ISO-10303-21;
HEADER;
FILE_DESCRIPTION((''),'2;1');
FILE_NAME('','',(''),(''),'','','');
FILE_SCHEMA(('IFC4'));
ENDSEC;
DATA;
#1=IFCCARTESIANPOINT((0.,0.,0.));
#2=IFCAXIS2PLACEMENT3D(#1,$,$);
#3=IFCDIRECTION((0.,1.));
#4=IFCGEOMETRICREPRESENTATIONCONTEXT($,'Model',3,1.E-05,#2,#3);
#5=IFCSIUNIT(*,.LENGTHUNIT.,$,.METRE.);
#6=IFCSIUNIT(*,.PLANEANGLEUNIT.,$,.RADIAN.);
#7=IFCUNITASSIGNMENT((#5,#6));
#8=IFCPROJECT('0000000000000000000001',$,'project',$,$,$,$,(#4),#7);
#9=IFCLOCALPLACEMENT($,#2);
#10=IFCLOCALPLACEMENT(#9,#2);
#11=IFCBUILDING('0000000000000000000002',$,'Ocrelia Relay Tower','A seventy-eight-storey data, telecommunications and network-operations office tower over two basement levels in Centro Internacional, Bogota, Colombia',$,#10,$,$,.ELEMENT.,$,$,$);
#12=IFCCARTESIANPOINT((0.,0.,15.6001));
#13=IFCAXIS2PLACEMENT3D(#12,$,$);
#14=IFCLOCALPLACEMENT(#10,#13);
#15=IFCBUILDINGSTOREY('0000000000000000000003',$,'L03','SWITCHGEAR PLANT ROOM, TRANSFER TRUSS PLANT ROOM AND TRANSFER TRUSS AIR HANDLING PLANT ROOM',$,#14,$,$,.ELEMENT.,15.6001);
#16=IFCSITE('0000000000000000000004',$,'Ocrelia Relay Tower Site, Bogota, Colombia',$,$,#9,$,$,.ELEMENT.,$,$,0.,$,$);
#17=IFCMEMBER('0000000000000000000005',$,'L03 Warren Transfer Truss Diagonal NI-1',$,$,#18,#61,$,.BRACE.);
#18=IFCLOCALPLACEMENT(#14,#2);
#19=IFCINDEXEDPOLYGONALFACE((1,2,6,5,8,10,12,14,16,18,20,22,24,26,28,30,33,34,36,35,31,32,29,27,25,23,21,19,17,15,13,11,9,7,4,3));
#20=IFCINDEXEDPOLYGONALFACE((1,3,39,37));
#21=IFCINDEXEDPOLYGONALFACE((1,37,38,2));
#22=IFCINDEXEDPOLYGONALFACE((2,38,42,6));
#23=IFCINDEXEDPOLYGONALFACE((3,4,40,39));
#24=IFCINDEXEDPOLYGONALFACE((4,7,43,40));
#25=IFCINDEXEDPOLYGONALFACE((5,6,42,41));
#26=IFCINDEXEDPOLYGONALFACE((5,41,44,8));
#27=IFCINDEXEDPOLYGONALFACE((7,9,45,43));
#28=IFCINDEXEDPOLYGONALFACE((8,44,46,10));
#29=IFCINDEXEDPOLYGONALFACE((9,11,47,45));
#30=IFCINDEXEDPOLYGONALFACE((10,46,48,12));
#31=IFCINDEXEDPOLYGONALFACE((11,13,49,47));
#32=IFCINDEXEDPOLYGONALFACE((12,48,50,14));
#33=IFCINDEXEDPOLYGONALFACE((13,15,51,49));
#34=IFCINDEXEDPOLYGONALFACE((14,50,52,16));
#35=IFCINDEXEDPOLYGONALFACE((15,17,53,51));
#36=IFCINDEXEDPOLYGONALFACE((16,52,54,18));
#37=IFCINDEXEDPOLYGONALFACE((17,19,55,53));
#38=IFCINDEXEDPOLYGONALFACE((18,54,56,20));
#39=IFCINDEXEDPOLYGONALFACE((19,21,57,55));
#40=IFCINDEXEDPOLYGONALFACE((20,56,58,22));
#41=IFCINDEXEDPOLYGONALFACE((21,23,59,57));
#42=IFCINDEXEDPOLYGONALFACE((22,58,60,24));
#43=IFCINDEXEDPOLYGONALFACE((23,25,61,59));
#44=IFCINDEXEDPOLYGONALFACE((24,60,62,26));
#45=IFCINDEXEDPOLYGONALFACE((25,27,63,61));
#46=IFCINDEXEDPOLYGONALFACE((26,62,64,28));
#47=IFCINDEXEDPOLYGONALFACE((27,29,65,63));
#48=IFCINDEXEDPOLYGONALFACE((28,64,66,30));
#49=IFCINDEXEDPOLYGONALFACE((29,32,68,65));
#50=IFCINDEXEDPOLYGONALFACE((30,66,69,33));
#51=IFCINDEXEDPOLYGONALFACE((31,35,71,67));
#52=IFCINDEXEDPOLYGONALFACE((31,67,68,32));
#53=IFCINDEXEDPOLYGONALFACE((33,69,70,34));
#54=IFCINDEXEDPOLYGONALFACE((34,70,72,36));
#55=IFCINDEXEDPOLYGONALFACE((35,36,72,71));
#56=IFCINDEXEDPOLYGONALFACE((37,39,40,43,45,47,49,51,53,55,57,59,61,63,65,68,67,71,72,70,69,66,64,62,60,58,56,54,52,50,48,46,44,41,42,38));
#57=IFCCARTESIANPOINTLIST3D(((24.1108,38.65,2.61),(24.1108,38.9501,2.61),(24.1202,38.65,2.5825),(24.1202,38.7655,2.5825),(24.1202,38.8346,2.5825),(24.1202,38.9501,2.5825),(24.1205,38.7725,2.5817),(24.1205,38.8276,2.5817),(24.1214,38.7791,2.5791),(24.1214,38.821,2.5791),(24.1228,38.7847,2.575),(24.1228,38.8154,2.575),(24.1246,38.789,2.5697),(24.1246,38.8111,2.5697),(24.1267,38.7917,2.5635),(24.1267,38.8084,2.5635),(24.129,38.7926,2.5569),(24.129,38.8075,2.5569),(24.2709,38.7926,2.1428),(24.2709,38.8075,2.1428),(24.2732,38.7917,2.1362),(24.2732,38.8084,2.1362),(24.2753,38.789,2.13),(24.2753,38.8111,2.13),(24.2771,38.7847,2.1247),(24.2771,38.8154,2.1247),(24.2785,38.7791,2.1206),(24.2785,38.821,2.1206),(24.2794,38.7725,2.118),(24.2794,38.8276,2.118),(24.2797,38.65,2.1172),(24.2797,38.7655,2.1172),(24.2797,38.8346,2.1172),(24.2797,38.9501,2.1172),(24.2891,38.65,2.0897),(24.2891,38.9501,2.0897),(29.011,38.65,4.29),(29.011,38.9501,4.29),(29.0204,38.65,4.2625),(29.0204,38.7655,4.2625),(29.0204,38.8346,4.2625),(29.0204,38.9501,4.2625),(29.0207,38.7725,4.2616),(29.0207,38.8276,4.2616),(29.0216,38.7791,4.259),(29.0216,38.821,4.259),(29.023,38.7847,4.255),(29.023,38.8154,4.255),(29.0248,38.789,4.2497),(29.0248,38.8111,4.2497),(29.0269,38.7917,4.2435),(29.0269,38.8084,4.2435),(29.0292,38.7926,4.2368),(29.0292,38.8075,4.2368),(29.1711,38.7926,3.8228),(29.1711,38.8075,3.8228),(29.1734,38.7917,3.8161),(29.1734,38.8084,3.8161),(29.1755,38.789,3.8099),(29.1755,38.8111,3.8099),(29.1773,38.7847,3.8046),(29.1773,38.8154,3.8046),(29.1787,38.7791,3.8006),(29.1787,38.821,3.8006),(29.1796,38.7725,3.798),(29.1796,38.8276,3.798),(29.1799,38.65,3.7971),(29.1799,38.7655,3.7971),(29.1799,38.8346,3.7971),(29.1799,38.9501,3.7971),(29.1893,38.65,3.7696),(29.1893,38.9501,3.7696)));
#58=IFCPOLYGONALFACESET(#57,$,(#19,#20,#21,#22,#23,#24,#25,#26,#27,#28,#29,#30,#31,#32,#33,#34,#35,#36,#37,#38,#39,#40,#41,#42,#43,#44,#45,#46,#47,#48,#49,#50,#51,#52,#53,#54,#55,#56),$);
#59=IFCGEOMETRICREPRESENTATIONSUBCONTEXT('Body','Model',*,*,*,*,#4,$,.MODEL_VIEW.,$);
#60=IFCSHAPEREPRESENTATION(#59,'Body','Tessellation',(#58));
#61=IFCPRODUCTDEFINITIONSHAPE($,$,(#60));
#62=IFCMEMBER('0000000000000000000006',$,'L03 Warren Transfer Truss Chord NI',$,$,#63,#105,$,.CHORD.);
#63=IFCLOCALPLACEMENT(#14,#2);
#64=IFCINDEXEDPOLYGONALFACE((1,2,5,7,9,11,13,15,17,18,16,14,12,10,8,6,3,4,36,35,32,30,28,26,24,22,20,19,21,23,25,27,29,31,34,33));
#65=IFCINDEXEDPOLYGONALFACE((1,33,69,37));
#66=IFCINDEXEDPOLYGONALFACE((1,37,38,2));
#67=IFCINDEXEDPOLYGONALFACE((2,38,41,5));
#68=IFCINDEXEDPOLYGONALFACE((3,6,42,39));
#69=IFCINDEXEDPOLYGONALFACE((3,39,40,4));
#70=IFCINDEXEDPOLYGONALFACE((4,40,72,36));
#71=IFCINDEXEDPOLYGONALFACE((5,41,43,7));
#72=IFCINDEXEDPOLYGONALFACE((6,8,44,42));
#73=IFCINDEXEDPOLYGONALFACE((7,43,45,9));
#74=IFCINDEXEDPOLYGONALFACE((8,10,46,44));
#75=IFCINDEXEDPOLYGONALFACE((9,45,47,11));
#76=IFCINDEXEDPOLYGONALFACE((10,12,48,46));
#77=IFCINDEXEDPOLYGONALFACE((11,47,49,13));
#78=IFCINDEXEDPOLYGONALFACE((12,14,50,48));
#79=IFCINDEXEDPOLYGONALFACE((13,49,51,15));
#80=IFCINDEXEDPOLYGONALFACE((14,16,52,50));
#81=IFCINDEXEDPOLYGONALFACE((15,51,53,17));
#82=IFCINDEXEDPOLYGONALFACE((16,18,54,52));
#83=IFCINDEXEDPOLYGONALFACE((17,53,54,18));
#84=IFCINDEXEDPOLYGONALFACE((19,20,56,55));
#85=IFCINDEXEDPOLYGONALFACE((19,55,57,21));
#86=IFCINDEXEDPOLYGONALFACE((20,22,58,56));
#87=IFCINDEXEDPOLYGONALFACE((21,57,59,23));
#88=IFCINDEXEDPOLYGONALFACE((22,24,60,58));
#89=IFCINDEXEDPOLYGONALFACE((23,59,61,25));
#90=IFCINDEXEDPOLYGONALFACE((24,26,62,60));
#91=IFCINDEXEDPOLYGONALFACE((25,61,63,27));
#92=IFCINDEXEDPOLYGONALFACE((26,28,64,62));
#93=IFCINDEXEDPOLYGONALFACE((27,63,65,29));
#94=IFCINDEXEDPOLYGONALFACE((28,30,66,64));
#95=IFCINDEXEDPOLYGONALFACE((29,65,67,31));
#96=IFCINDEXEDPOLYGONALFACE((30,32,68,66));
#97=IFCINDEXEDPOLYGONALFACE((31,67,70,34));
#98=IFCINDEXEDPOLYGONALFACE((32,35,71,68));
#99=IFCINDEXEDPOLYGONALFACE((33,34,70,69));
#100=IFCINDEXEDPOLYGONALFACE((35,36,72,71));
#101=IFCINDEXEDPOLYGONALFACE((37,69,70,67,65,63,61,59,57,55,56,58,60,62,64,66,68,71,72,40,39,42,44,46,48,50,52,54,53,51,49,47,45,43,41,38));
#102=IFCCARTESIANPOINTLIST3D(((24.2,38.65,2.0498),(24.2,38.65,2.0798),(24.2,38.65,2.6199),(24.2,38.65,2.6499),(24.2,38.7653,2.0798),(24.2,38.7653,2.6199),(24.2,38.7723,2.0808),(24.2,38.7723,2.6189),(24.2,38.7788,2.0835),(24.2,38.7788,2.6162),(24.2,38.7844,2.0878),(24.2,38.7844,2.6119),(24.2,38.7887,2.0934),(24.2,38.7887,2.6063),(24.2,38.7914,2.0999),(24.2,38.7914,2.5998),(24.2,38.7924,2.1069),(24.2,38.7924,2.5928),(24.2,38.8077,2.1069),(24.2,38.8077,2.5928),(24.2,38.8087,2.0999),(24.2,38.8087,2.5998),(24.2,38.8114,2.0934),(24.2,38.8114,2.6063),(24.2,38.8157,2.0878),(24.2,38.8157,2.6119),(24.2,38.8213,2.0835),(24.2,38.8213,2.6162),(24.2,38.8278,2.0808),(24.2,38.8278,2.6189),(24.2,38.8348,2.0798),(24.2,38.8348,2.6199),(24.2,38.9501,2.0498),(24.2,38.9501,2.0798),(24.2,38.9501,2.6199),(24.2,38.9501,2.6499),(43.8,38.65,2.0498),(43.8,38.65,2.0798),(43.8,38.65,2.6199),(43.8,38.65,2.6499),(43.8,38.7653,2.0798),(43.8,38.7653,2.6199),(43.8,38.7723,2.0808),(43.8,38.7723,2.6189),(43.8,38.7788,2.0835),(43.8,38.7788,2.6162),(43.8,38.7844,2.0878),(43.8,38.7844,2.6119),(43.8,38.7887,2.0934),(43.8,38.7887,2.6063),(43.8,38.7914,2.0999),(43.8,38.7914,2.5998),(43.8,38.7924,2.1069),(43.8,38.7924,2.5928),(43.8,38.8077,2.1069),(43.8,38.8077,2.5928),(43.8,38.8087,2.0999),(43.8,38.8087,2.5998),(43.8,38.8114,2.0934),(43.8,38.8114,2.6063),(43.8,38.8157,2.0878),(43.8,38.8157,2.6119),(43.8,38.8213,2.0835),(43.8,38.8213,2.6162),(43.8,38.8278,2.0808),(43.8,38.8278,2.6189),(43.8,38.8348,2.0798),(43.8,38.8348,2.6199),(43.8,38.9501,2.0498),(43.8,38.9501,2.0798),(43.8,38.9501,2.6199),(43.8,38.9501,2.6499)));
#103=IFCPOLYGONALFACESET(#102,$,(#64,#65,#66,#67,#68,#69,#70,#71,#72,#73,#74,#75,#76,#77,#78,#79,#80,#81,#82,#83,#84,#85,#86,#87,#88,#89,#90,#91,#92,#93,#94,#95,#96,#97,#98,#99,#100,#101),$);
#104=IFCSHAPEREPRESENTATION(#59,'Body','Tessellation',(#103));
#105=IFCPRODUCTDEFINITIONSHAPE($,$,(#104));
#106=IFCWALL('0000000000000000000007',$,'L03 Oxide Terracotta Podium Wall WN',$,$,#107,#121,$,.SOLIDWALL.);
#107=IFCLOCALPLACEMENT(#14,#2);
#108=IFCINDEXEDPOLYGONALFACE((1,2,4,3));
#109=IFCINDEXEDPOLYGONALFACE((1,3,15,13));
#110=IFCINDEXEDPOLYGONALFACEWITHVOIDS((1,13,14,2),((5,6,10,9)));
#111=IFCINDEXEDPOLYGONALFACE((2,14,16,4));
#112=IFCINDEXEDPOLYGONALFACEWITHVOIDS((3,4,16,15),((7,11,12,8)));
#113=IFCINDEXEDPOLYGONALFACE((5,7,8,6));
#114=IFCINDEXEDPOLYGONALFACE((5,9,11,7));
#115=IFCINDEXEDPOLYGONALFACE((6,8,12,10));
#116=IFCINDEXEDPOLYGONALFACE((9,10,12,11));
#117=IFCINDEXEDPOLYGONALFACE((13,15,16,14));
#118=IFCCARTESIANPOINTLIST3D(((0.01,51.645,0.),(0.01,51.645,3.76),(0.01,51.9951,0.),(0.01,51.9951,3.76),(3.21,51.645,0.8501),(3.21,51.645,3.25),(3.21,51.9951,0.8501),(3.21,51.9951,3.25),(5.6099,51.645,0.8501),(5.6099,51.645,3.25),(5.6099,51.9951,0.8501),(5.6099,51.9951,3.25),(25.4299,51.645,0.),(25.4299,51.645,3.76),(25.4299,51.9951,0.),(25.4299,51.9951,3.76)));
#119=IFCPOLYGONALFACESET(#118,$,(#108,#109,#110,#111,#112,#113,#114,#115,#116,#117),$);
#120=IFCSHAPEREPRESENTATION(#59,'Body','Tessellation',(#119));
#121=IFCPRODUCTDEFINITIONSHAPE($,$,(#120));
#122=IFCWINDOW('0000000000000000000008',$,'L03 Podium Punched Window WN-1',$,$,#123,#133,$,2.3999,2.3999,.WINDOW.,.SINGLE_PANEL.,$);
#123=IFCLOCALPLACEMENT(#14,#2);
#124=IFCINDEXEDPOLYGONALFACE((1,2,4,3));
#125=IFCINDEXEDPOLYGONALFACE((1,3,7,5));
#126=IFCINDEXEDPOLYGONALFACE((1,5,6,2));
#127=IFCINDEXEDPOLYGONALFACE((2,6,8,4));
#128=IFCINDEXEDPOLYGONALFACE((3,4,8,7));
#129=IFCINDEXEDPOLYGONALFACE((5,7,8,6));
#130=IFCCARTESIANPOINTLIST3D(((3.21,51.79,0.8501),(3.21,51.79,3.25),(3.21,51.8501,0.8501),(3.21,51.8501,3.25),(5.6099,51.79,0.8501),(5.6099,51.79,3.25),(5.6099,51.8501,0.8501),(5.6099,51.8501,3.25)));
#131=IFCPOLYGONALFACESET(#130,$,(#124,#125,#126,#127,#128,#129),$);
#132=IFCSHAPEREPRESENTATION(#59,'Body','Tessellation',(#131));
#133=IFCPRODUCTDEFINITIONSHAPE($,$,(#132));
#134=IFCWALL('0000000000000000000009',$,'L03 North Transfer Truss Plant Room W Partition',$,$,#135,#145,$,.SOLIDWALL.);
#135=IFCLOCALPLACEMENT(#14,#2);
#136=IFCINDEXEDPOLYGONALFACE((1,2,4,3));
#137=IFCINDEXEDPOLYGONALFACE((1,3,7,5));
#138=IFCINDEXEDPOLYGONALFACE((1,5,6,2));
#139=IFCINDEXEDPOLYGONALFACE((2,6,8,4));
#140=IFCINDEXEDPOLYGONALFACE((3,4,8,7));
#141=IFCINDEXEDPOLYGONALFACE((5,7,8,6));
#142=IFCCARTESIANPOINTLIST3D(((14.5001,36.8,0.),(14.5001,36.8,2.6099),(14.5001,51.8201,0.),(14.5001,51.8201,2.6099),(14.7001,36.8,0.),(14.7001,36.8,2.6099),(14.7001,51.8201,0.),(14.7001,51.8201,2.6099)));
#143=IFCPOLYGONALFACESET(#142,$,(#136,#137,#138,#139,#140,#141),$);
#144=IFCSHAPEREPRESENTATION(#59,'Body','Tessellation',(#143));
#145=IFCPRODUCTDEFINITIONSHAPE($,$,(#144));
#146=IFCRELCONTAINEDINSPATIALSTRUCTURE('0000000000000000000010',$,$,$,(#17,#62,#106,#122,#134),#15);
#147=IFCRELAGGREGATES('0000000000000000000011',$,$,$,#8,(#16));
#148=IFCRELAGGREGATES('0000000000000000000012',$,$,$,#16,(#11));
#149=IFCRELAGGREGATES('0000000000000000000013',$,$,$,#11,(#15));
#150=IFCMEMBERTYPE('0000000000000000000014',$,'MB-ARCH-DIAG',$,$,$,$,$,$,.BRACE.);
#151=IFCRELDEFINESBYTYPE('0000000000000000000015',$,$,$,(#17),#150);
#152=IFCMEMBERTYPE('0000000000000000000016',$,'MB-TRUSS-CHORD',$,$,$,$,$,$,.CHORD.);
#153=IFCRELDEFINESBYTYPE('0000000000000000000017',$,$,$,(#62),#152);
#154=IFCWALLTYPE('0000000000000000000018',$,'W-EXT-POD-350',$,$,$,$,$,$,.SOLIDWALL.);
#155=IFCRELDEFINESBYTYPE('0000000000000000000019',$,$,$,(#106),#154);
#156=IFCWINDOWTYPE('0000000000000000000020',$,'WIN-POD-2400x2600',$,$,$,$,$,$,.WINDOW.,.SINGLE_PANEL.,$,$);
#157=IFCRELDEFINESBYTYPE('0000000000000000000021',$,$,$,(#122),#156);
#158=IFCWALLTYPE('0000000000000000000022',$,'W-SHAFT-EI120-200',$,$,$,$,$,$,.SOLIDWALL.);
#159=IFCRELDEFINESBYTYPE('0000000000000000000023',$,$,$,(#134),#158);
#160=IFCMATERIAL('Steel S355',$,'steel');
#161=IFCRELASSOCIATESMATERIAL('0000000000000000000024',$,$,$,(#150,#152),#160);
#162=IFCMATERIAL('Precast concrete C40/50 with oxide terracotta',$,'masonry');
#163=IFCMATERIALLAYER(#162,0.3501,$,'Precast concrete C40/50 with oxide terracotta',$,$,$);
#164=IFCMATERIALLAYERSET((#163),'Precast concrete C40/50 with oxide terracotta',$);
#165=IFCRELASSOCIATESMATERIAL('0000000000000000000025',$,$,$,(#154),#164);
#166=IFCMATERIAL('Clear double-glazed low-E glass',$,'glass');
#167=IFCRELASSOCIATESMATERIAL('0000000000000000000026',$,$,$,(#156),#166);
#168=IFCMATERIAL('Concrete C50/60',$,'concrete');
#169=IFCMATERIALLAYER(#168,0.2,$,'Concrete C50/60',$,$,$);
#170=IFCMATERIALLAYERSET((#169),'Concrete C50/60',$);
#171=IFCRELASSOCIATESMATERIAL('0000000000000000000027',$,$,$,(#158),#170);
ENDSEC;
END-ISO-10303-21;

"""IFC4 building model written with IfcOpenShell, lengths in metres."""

from ifc_helpers import new_model, si_unit, direction, frame, frame_2d, origin, origin_2d, place, context, subcontext, project, spatial, rectangle, i_section, extrude, material, layer, layer_set, material_profile, profile_set, type_object, element, fill, save


model = new_model("IFC4")

# Units and contexts
model_context = context("Model", 3, precision=1e-05, world=origin(), true_north=direction((0.0, 1.0)))
body_context = subcontext(model_context, "Body", "Model", "MODEL_VIEW")
ifc_project = project(units=[si_unit("LENGTHUNIT", "METRE"), si_unit("PLANEANGLEUNIT", "RADIAN")], contexts=[model_context])

# Site, building, storey
site_placement = place(None, origin())
site = spatial("IfcSite", under=ifc_project, at=site_placement, Name="Ocrelia Relay Tower Site, Bogota, Colombia", CompositionType="ELEMENT", RefElevation=0.0)
building_placement = place(site_placement, origin())
building = spatial("IfcBuilding", under=site, at=building_placement, Name="Ocrelia Relay Tower", Description="A seventy-eight-storey data, telecommunications and network-operations office tower over two basement levels in Centro Internacional, Bogota, Colombia", CompositionType="ELEMENT")
storey_placement = place(building_placement, frame((0.0, 0.0, 15.6001)))
storey = spatial("IfcBuildingStorey", under=building, at=storey_placement, Name="L03", Description="SWITCHGEAR PLANT ROOM, TRANSFER TRUSS PLANT ROOM AND TRANSFER TRUSS AIR HANDLING PLANT ROOM", CompositionType="ELEMENT", Elevation=15.6001)

# Shared definitions
ifc_material_1 = material(Name="Steel S355", Category="steel")

# Members
ifc_material_profile_1 = material_profile(ifc_material_1, i_section(OverallWidth=0.3, OverallDepth=0.55, WebThickness=0.0149, FlangeThickness=0.0291, FilletRadius=0.0271, at=origin_2d()), Name="HEB 550")
ifc_profile_set_1 = profile_set([ifc_material_profile_1], Name="Steel S355")
member_type_1 = type_object("IfcMemberType", Name="MB-ARCH-DIAG", PredefinedType="BRACE", material=ifc_profile_set_1)
member_1_placement = place(storey_placement, frame((24.2, 38.8, 2.3499), z_axis=(0.945953, 0.0, 0.324304), x_axis=(0.0, 1.0, 0.0)))
element("IfcMember", 1, at=member_1_placement, inside=storey, type_object=member_type_1, Name="L03 Warren Transfer Truss Diagonal NI-1", PredefinedType="BRACE", context=body_context, shape_type="SweptSolid", body=[
    extrude(i_section(OverallWidth=0.3, OverallDepth=0.55, WebThickness=0.0149, FlangeThickness=0.0291, FilletRadius=0.0271, at=origin_2d()), origin(), (0.0, 0.0, 1.0), 5.1802),
])
ifc_material_profile_2 = material_profile(ifc_material_1, i_section(OverallWidth=0.3, OverallDepth=0.6001, WebThickness=0.0154, FlangeThickness=0.03, FilletRadius=0.0271, at=origin_2d()), Name="HEB 600")
ifc_profile_set_2 = profile_set([ifc_material_profile_2], Name="Steel S355")
member_type_2 = type_object("IfcMemberType", Name="MB-TRUSS-CHORD", PredefinedType="CHORD", material=ifc_profile_set_2)
member_2_placement = place(storey_placement, frame((24.2, 38.8, 2.3499), z_axis=(1.0, 0.0, 0.0), x_axis=(0.0, 1.0, 0.0)))
element("IfcMember", 2, at=member_2_placement, inside=storey, type_object=member_type_2, Name="L03 Warren Transfer Truss Chord NI", PredefinedType="CHORD", context=body_context, shape_type="SweptSolid", body=[
    extrude(i_section(OverallWidth=0.3, OverallDepth=0.6001, WebThickness=0.0154, FlangeThickness=0.03, FilletRadius=0.0271, at=origin_2d()), origin(), (0.0, 0.0, 1.0), 19.6001),
])

# Wall, opening, window
ifc_material_2 = material(Name="Precast concrete C40/50 with oxide terracotta", Category="masonry")
ifc_layer_1 = layer(ifc_material_2, 0.3501, Name="Precast concrete C40/50 with oxide terracotta")
ifc_layer_set_1 = layer_set([ifc_layer_1], Name="Precast concrete C40/50 with oxide terracotta")
wall_type_1 = type_object("IfcWallType", Name="W-EXT-POD-350", PredefinedType="SOLIDWALL", material=ifc_layer_set_1)
wall_1_placement = place(storey_placement, frame((0.01, 51.8201, 0.0), z_axis=(0.0, 0.0, 1.0), x_axis=(1.0, 0.0, 0.0)))
wall_1 = element("IfcWall", 3, at=wall_1_placement, inside=storey, type_object=wall_type_1, Name="L03 Oxide Terracotta Podium Wall WN", PredefinedType="SOLIDWALL", context=body_context, shape_type="SweptSolid", body=[
    extrude(rectangle(XDim=25.4199, YDim=0.3501, at=frame_2d((12.71, 0.0))), origin(), (0.0, 0.0, 1.0), 3.76),
])
opening_placement = place(wall_1_placement, frame((3.2, 0.0, 0.8501)))
opening = element("IfcOpeningElement", 4, at=opening_placement, cuts=wall_1, PredefinedType="OPENING", context=body_context, shape_type="SweptSolid", body=[
    extrude(rectangle(XDim=2.3999, YDim=2.3999, at=frame_2d((1.2, 1.2))), frame((0.0, 0.1851, 0.0), z_axis=(0.0, -1.0, 0.0), x_axis=(1.0, 0.0, 0.0)), (0.0, 0.0, 1.0), 0.3701),
])
ifc_material_3 = material(Name="Clear double-glazed low-E glass", Category="glass")
window_type = type_object("IfcWindowType", Name="WIN-POD-2400x2600", PartitioningType="SINGLE_PANEL", PredefinedType="WINDOW", material=ifc_material_3)
window_placement = place(opening_placement, origin())
window = element("IfcWindow", 5, at=window_placement, inside=storey, type_object=window_type, Name="L03 Podium Punched Window WN-1", OverallHeight=2.3999, OverallWidth=2.3999, PartitioningType="SINGLE_PANEL", PredefinedType="WINDOW", context=body_context, shape_type="SweptSolid", body=[
    extrude(rectangle(XDim=2.3999, YDim=2.3999, at=frame_2d((1.2, 1.2))), frame((0.0, 0.03, 0.0), z_axis=(0.0, -1.0, 0.0), x_axis=(1.0, 0.0, 0.0)), (0.0, 0.0, 1.0), 0.0601),
])
fill(opening, window)

# Wall
ifc_material_4 = material(Name="Concrete C50/60", Category="concrete")
ifc_layer_2 = layer(ifc_material_4, 0.2, Name="Concrete C50/60")
ifc_layer_set_2 = layer_set([ifc_layer_2], Name="Concrete C50/60")
wall_type_2 = type_object("IfcWallType", Name="W-SHAFT-EI120-200", PredefinedType="SOLIDWALL", material=ifc_layer_set_2)
wall_2_placement = place(storey_placement, frame((14.6001, 51.8201, 0.0), z_axis=(0.0, 0.0, 1.0), x_axis=(0.0, -1.0, 0.0)))
element("IfcWall", 6, at=wall_2_placement, inside=storey, type_object=wall_type_2, Name="L03 North Transfer Truss Plant Room W Partition", PredefinedType="SOLIDWALL", context=body_context, shape_type="SweptSolid", body=[
    extrude(rectangle(XDim=15.02, YDim=0.2, at=frame_2d((7.51, 0.0))), origin(), (0.0, 0.0, 1.0), 2.6099),
])

save(model, "model.ifc")
